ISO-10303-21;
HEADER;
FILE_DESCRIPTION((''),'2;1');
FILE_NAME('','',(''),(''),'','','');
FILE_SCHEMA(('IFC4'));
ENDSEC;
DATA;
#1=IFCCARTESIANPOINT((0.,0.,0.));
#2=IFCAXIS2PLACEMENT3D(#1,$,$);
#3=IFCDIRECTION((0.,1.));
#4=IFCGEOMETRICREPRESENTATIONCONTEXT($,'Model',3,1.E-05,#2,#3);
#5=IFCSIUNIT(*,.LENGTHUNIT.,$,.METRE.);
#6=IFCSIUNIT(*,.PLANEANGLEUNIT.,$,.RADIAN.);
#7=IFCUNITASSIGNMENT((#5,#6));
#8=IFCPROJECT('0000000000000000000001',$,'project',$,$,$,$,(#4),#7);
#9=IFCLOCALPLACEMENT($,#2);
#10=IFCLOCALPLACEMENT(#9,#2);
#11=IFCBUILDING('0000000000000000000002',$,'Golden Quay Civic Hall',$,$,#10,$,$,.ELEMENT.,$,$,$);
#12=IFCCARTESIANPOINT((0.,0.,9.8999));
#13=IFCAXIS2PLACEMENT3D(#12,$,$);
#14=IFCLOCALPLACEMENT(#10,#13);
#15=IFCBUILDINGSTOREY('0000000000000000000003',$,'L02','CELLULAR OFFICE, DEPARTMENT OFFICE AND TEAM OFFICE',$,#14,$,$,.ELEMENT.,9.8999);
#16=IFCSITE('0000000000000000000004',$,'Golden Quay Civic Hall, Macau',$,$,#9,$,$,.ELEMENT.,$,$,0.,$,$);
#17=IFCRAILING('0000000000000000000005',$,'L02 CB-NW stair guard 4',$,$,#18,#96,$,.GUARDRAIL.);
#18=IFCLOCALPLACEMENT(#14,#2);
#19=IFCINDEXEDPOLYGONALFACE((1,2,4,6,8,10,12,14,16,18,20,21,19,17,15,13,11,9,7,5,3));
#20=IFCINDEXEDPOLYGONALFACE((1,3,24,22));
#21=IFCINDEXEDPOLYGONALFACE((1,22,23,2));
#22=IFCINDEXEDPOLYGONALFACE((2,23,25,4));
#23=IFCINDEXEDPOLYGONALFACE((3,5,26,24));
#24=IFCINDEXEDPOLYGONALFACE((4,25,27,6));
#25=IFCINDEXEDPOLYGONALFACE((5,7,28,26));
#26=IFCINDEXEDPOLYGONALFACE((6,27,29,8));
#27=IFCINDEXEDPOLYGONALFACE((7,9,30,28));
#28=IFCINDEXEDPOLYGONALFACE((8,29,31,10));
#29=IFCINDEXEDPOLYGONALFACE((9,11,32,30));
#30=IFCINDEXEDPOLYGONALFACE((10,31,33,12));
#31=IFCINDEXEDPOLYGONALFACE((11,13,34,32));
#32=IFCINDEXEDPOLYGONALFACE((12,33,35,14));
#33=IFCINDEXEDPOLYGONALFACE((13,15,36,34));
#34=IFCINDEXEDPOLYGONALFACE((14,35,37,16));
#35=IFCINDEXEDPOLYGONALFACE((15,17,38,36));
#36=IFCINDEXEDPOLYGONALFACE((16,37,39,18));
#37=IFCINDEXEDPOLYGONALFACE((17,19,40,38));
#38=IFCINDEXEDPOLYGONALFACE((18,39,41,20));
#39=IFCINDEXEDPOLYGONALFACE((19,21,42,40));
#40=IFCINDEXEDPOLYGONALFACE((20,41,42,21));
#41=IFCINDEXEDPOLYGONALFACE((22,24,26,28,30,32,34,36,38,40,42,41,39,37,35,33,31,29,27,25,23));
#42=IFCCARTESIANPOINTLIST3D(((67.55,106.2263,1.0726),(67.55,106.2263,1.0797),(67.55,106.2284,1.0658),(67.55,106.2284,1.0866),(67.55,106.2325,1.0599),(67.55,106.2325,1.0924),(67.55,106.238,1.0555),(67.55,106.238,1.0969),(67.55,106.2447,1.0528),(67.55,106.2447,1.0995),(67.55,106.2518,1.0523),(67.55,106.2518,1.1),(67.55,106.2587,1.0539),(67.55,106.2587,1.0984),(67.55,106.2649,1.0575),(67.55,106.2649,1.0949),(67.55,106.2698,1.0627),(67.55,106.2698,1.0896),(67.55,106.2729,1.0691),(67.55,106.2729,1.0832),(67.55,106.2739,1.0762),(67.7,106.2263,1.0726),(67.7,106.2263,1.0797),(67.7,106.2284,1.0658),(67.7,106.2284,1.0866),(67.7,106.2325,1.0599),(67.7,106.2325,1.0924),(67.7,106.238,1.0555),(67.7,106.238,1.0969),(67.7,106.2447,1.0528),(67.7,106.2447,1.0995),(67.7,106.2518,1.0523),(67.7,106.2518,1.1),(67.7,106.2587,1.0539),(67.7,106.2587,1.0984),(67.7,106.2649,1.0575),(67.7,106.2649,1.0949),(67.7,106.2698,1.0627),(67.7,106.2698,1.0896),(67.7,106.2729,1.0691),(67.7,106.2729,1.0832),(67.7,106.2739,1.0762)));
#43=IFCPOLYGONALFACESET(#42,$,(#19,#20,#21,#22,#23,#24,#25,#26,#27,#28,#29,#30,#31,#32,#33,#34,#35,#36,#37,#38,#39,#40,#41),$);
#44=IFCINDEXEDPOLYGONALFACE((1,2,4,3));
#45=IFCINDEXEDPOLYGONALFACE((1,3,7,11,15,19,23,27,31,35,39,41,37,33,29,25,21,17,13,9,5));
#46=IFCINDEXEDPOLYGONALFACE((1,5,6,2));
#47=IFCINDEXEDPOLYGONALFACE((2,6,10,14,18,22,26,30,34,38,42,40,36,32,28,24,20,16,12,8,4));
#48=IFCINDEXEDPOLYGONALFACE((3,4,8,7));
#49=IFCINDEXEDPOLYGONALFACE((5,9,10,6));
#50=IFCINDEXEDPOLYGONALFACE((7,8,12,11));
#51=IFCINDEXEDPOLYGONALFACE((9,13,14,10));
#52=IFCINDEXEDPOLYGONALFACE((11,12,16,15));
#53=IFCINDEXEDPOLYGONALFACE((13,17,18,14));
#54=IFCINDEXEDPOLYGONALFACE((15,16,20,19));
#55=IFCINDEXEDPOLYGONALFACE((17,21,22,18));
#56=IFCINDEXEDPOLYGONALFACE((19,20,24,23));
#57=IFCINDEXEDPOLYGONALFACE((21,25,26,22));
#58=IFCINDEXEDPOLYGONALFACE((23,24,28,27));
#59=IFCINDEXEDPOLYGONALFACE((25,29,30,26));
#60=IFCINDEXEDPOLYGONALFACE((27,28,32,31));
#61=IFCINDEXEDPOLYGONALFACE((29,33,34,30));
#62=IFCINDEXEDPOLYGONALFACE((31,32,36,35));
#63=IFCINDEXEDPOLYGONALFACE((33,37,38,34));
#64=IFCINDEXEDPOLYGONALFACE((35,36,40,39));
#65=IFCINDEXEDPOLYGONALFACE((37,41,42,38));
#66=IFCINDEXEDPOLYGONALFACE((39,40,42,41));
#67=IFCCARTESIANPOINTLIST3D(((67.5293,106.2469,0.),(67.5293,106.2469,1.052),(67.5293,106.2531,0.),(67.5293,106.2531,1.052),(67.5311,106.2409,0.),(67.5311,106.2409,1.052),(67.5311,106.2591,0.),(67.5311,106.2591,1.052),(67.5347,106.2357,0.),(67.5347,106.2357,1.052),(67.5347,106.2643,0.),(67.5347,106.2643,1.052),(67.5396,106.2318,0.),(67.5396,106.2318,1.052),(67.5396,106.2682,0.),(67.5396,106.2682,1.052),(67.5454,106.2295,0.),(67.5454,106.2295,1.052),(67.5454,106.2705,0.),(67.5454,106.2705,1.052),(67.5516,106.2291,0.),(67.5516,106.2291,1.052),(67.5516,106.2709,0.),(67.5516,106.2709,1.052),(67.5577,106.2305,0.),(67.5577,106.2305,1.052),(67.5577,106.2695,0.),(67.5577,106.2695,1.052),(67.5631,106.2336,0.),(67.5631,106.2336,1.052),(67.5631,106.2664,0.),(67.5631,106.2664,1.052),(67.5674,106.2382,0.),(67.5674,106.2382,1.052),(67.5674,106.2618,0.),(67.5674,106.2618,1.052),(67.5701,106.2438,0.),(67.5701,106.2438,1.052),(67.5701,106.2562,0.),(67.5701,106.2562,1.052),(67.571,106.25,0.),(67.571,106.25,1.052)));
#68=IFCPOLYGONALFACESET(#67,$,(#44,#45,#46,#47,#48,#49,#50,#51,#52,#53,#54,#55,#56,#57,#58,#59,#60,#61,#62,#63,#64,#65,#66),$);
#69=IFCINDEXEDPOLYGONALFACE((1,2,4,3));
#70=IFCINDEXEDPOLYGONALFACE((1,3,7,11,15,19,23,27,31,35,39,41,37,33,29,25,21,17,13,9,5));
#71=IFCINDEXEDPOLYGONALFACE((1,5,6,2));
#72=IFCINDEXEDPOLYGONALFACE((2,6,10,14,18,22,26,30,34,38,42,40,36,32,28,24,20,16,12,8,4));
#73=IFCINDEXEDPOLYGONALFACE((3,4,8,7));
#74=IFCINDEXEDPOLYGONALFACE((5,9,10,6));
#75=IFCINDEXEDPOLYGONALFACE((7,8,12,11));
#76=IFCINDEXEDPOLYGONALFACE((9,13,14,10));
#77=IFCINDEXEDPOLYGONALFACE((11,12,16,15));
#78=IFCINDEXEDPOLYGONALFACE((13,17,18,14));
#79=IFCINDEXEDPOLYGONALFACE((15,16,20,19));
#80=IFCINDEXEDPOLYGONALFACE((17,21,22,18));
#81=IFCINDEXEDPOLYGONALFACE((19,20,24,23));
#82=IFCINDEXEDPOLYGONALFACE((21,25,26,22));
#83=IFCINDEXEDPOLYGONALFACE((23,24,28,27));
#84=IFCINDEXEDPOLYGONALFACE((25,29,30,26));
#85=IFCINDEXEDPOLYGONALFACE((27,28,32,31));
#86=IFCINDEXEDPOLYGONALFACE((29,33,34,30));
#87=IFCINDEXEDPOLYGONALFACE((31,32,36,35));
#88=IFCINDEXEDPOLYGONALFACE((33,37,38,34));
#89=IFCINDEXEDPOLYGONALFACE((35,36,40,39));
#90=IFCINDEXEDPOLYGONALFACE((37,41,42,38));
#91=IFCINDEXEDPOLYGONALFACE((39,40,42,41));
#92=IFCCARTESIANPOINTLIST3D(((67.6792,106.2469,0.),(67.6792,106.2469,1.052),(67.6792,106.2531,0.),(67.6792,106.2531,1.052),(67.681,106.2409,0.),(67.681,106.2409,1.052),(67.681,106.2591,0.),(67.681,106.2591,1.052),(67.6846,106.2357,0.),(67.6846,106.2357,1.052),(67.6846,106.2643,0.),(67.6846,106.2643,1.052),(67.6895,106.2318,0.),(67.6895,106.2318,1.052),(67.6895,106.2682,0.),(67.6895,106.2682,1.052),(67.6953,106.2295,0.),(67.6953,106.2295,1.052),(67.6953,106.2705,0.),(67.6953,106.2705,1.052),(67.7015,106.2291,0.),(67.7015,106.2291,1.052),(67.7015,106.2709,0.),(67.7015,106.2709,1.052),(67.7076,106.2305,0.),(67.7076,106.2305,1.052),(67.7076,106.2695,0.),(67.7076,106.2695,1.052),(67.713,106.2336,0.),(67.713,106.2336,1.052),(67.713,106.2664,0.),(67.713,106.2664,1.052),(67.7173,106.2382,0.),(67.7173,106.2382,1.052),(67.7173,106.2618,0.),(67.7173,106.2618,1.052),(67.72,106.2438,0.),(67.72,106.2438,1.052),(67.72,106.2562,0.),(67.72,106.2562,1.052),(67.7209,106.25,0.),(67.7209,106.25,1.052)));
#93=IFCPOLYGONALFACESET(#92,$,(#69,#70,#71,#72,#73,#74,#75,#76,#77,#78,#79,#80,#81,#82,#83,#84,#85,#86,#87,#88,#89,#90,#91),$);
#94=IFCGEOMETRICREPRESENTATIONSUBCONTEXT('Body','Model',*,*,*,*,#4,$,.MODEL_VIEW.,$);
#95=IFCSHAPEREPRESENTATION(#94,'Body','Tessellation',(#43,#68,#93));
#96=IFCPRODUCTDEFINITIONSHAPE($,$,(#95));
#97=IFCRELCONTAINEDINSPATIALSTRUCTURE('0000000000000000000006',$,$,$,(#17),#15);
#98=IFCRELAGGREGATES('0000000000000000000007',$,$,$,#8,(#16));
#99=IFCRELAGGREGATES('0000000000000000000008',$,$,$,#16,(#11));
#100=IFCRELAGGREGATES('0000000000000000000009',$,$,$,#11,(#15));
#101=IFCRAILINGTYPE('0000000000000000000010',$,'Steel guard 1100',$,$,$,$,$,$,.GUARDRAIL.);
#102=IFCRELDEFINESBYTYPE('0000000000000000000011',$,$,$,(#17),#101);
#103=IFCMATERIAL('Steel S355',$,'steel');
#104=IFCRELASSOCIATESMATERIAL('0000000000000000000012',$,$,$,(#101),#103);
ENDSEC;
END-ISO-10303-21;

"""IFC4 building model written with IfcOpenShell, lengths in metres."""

from ifc_helpers import new_model, si_unit, direction, frame, origin, origin_2d, place, context, subcontext, project, spatial, circle, extrude, material, type_object, element, save


model = new_model("IFC4")

# Units and contexts
model_context = context("Model", 3, precision=1e-05, world=origin(), true_north=direction((0.0, 1.0)))
body_context = subcontext(model_context, "Body", "Model", "MODEL_VIEW")
ifc_project = project(units=[si_unit("LENGTHUNIT", "METRE"), si_unit("PLANEANGLEUNIT", "RADIAN")], contexts=[model_context])

# Site, building, storey
site_placement = place(None, origin())
site = spatial("IfcSite", under=ifc_project, at=site_placement, Name="Golden Quay Civic Hall, Macau", CompositionType="ELEMENT", RefElevation=0.0)
building_placement = place(site_placement, origin())
building = spatial("IfcBuilding", under=site, at=building_placement, Name="Golden Quay Civic Hall", CompositionType="ELEMENT")
storey_placement = place(building_placement, frame((0.0, 0.0, 9.8999)))
storey = spatial("IfcBuildingStorey", under=building, at=storey_placement, Name="L02", Description="CELLULAR OFFICE, DEPARTMENT OFFICE AND TEAM OFFICE", CompositionType="ELEMENT", Elevation=9.8999)

# Railing
ifc_material_1 = material(Name="Steel S355", Category="steel")
railing_type = type_object("IfcRailingType", Name="Steel guard 1100", PredefinedType="GUARDRAIL", material=ifc_material_1)
railing_1_placement = place(storey_placement, frame((67.55, 106.25, 0.0)))
element("IfcRailing", 1, at=railing_1_placement, inside=storey, type_object=railing_type, Name="L02 CB-NW stair guard 4", PredefinedType="GUARDRAIL", context=body_context, shape_type="SweptSolid", body=[
    extrude(circle(Radius=0.0239, at=origin_2d()), frame((0.0, 0.0, 1.0762), z_axis=(1.0, 0.0, 0.0), x_axis=(0.0, 1.0, 0.0)), (0.0, 0.0, 1.0), 0.1499),
    extrude(circle(Radius=0.021, at=origin_2d()), origin(), (0.0, 0.0, 1.0), 1.052),
    extrude(circle(Radius=0.021, at=origin_2d()), frame((0.1499, 0.0, 0.0)), (0.0, 0.0, 1.0), 1.052),
])

save(model, "model.ifc")
